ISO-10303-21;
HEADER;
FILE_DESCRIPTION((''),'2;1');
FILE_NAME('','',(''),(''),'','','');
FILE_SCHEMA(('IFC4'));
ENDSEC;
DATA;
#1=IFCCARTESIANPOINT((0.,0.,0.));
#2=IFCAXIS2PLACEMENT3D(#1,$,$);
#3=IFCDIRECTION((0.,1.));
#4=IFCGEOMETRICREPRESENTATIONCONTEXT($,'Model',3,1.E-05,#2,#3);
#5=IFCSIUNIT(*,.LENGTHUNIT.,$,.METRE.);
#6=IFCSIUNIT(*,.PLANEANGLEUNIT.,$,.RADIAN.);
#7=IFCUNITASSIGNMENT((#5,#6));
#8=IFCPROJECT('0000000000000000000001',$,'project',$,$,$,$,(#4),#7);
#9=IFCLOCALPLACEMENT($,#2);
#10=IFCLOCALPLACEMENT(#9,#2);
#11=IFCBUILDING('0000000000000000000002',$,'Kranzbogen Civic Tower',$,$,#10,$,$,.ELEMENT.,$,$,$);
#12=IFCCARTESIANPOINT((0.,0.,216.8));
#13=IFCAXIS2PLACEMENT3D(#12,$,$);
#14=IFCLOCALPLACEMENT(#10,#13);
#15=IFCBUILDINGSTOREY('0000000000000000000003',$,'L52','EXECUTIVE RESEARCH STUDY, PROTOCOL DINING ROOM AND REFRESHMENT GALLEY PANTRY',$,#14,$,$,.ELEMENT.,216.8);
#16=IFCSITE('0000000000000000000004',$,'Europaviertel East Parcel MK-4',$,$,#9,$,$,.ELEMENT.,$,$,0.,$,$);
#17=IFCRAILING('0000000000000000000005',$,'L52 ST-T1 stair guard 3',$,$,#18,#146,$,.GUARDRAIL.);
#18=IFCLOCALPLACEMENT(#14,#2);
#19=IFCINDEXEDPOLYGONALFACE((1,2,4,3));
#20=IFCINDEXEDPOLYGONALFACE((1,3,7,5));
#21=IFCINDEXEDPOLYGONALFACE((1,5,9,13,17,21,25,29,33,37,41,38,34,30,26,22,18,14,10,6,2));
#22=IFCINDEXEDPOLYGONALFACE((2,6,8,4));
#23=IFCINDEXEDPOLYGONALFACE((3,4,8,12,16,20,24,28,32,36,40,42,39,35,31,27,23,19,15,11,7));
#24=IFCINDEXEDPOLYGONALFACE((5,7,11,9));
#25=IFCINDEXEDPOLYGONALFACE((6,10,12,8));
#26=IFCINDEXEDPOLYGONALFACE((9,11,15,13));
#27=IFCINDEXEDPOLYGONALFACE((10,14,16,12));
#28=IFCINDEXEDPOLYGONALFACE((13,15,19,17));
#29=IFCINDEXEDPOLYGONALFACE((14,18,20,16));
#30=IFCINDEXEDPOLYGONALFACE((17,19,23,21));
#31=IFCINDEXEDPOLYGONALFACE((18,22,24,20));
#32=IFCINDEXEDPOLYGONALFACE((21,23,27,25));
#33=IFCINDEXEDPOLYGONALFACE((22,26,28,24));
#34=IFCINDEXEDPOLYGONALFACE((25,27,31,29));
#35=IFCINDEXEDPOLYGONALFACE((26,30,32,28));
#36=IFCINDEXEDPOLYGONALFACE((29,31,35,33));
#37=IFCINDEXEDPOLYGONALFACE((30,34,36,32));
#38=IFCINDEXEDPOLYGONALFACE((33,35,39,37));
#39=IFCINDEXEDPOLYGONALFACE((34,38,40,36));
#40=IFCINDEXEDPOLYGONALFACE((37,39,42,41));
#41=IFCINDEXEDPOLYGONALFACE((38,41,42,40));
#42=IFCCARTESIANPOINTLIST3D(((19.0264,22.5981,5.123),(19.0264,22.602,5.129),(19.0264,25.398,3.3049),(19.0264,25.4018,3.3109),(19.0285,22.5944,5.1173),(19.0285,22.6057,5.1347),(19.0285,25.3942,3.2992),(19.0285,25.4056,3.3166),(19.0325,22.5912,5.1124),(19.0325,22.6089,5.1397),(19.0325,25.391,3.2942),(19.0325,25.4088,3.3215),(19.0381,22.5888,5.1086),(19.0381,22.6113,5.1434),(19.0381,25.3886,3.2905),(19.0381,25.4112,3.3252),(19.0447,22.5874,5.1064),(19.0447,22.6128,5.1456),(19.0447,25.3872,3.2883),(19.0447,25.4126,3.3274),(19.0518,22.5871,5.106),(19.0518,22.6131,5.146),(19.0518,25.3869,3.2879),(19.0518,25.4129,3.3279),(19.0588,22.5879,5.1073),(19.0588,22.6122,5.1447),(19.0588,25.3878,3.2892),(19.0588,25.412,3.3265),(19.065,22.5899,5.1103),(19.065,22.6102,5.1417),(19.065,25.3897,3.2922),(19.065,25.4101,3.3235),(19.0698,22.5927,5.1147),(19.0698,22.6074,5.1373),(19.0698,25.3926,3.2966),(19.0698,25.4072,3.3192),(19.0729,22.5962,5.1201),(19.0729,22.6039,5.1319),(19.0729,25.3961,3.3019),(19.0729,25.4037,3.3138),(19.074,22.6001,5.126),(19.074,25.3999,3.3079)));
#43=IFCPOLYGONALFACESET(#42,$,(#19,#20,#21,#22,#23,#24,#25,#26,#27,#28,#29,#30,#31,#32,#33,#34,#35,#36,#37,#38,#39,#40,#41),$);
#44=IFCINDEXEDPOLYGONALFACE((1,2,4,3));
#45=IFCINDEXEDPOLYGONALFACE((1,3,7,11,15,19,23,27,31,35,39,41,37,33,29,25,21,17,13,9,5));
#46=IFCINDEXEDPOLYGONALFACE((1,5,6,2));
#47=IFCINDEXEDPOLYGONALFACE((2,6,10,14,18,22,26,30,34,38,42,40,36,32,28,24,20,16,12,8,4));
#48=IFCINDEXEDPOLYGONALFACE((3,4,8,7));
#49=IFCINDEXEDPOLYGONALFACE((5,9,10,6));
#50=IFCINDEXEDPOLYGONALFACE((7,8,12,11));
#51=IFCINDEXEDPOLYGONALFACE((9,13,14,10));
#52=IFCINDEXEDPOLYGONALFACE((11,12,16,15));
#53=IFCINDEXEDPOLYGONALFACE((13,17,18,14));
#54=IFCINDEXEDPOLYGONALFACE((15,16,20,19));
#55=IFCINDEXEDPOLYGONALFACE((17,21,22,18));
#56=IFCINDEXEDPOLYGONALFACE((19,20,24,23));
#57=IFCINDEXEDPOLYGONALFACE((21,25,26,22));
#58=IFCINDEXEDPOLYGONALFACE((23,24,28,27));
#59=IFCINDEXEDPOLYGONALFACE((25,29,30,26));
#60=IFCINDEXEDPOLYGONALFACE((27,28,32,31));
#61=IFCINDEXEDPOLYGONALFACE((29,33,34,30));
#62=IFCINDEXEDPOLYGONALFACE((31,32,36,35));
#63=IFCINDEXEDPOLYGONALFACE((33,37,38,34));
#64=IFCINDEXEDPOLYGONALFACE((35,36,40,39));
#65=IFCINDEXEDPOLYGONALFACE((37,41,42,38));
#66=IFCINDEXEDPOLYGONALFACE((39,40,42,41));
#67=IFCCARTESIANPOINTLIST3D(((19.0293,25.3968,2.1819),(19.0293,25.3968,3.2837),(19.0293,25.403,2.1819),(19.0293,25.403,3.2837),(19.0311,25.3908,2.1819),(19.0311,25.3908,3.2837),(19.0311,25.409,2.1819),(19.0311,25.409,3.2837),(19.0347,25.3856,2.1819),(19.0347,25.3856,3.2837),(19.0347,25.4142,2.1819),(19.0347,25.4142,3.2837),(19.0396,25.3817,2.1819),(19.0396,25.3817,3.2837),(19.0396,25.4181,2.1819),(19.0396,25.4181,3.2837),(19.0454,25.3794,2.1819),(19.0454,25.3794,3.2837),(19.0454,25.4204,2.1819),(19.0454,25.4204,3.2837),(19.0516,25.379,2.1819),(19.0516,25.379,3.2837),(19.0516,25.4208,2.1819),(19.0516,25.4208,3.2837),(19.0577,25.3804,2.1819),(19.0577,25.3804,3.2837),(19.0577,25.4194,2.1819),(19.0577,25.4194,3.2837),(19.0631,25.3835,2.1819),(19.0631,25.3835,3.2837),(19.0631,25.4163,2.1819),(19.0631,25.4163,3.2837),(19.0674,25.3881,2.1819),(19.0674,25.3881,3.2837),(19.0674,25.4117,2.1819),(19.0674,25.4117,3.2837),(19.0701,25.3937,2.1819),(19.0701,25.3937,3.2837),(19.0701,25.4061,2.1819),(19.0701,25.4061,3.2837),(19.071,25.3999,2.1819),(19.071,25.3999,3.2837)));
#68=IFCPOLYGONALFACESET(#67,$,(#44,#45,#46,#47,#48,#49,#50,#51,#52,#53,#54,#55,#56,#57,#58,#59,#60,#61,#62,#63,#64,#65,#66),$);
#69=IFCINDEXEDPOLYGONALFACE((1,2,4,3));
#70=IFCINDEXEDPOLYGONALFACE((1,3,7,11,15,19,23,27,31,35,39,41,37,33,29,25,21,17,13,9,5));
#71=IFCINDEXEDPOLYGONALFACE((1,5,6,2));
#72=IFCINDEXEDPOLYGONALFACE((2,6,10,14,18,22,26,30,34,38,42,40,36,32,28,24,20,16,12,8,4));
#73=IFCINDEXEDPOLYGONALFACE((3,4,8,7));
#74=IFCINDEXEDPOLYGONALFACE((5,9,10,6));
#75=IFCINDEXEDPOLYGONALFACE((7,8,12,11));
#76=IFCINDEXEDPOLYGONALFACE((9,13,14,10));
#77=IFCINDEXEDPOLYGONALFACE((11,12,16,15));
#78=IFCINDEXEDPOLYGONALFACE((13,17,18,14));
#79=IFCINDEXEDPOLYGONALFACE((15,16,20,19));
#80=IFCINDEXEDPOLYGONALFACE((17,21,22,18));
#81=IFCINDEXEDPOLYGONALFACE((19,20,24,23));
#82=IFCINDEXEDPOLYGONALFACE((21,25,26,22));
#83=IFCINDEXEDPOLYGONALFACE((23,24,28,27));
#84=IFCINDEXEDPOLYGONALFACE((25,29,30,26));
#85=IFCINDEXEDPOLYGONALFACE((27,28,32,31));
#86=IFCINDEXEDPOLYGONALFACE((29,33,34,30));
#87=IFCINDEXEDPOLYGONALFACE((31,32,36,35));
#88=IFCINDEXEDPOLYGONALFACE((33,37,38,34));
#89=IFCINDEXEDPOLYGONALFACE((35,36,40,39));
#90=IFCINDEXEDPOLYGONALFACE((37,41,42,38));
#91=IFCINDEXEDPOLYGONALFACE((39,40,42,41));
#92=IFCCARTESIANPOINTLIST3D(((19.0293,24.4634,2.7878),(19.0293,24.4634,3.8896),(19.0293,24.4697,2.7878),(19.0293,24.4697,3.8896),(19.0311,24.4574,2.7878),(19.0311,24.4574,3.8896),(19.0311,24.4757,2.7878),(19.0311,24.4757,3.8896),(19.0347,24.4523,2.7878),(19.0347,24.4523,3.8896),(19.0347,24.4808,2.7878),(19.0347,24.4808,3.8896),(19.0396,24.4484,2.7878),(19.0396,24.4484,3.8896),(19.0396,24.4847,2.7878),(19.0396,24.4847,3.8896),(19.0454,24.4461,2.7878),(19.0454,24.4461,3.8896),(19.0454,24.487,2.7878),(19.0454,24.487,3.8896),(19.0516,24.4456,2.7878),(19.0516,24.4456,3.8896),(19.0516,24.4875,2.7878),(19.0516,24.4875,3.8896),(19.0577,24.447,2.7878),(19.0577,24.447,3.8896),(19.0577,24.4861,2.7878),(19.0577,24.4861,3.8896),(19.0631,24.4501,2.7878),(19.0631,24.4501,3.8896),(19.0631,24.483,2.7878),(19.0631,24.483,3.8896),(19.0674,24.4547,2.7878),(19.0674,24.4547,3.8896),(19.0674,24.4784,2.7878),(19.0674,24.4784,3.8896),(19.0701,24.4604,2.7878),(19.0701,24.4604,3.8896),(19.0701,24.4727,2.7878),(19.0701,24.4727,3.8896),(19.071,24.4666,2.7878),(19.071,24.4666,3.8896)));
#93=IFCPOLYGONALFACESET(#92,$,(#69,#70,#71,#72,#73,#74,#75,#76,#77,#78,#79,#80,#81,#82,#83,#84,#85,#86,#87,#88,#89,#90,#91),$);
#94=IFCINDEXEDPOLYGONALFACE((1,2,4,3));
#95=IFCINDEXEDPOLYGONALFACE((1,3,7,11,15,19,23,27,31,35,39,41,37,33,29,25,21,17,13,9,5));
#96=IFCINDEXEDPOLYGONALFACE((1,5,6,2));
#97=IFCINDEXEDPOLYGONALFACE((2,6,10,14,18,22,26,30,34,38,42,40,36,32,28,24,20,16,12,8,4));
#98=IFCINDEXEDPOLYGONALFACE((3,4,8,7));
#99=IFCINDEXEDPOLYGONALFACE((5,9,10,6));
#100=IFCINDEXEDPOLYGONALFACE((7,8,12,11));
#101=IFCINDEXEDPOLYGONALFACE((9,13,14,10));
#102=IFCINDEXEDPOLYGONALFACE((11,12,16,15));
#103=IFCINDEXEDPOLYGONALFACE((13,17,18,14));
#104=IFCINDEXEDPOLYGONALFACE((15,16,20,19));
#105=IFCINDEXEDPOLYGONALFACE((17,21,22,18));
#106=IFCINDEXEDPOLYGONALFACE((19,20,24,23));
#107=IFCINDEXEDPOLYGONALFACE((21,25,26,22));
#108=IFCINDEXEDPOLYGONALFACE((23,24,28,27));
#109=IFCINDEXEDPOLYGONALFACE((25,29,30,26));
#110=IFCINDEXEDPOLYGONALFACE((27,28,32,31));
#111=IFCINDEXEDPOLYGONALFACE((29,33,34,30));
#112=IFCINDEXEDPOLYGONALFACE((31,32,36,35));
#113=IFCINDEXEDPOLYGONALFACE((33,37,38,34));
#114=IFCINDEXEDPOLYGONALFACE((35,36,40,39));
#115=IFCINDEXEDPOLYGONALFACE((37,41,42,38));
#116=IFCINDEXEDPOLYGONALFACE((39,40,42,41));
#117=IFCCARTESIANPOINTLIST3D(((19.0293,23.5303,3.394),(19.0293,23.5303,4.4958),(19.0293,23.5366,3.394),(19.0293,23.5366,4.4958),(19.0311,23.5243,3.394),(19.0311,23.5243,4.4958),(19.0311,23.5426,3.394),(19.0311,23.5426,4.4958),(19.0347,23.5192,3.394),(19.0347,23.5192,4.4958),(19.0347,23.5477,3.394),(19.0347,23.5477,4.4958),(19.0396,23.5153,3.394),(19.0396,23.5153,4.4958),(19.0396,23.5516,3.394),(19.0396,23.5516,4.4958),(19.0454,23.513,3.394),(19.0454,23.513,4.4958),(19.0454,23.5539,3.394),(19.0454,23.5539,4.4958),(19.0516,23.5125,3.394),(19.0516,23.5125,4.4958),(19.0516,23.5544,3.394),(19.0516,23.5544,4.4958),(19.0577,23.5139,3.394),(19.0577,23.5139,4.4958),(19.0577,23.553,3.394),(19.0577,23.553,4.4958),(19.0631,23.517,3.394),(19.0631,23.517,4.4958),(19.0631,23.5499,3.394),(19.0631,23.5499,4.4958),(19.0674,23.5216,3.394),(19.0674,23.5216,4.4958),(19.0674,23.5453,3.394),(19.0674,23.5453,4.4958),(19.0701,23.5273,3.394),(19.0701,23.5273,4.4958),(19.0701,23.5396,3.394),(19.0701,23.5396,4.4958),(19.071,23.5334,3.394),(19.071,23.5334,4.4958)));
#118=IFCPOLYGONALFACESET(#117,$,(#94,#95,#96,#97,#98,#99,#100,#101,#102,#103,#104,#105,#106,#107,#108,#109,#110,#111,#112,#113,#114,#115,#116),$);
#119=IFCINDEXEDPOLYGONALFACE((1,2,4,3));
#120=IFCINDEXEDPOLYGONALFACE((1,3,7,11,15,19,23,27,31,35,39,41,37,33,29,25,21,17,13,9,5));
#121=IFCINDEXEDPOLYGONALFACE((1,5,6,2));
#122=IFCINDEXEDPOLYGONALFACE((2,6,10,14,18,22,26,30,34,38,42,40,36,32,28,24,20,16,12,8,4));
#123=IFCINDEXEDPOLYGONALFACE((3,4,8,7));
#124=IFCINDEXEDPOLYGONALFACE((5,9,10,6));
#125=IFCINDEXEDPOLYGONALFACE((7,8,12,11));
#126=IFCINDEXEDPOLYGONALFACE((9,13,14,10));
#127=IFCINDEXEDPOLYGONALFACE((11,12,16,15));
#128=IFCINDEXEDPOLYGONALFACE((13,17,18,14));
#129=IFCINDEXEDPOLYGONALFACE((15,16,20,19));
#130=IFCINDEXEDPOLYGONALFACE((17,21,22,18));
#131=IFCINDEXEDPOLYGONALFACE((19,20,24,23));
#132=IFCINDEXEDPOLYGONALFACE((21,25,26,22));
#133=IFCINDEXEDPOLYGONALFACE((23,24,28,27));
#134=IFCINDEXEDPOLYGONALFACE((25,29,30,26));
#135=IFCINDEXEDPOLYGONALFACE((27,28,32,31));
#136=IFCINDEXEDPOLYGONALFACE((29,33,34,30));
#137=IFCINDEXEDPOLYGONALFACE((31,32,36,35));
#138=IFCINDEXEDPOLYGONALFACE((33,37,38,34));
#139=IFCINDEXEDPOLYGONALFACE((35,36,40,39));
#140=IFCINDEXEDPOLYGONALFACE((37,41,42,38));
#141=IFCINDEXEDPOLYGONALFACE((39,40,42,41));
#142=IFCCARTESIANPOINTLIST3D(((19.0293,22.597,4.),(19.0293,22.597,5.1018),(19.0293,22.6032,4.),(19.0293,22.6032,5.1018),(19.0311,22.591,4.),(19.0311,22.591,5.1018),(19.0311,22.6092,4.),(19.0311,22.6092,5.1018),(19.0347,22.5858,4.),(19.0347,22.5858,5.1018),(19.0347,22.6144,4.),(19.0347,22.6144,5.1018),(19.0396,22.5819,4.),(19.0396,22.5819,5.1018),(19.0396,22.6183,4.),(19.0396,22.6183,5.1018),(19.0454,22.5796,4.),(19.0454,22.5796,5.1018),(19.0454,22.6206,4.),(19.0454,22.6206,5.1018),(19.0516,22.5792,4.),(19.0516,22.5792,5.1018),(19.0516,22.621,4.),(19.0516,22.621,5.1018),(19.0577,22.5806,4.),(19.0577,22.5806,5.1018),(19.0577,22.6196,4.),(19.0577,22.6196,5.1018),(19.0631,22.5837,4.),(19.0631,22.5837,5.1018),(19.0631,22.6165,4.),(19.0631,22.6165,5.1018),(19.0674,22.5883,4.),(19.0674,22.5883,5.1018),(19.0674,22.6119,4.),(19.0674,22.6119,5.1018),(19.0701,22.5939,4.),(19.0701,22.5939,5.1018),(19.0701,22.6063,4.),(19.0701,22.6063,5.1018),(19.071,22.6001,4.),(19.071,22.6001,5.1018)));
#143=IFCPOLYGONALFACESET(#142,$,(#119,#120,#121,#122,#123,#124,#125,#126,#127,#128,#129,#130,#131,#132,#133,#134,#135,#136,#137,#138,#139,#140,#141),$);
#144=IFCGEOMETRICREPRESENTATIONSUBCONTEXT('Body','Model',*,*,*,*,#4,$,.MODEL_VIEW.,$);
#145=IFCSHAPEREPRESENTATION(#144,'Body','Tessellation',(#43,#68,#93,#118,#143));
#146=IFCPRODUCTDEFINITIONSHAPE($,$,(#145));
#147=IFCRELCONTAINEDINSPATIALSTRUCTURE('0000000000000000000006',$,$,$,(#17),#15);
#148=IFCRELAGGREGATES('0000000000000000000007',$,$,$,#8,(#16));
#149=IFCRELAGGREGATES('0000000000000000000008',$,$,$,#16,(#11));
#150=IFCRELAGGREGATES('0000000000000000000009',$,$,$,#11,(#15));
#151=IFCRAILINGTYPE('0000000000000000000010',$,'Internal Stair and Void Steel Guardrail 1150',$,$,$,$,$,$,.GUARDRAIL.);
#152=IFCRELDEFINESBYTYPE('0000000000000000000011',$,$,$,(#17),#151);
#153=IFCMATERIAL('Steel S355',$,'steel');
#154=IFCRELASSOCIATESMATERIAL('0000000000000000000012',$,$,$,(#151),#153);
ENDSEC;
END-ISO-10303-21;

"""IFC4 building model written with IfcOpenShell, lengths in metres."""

from ifc_helpers import new_model, si_unit, direction, frame, origin, origin_2d, place, context, subcontext, project, spatial, circle, extrude, material, type_object, element, save


model = new_model("IFC4")

# Units and contexts
model_context = context("Model", 3, precision=1e-05, world=origin(), true_north=direction((0.0, 1.0)))
body_context = subcontext(model_context, "Body", "Model", "MODEL_VIEW")
ifc_project = project(units=[si_unit("LENGTHUNIT", "METRE"), si_unit("PLANEANGLEUNIT", "RADIAN")], contexts=[model_context])

# Site, building, storey
site_placement = place(None, origin())
site = spatial("IfcSite", under=ifc_project, at=site_placement, Name="Europaviertel East Parcel MK-4", CompositionType="ELEMENT", RefElevation=0.0)
building_placement = place(site_placement, origin())
building = spatial("IfcBuilding", under=site, at=building_placement, Name="Kranzbogen Civic Tower", CompositionType="ELEMENT")
storey_placement = place(building_placement, frame((0.0, 0.0, 216.8)))
storey = spatial("IfcBuildingStorey", under=building, at=storey_placement, Name="L52", Description="EXECUTIVE RESEARCH STUDY, PROTOCOL DINING ROOM AND REFRESHMENT GALLEY PANTRY", CompositionType="ELEMENT", Elevation=216.8)

# Shared definitions
ifc_material_1 = material(Name="Steel S355", Category="steel")

# Railing
railing_type_1 = type_object("IfcRailingType", Name="Internal Stair and Void Steel Guardrail 1150", PredefinedType="GUARDRAIL", material=ifc_material_1)
railing_1_placement = place(storey_placement, frame((19.05, 25.3999, 2.1819)))
element("IfcRailing", 1, at=railing_1_placement, inside=storey, type_object=railing_type_1, Name="L52 ST-T1 stair guard 3", PredefinedType="GUARDRAIL", context=body_context, shape_type="SweptSolid", body=[
    extrude(circle(Radius=0.0239, at=origin_2d()), frame((0.0, 0.0, 1.126), z_axis=(0.0, -0.838684, 0.544618), x_axis=(1.0, 0.0, 0.0)), (0.0, 0.0, 1.0), 3.3384),
    extrude(circle(Radius=0.021, at=origin_2d()), origin(), (0.0, 0.0, 1.0), 1.1018),
    extrude(circle(Radius=0.021, at=origin_2d()), frame((0.0, -0.9333, 0.606)), (0.0, 0.0, 1.0), 1.1018),
    extrude(circle(Radius=0.021, at=origin_2d()), frame((0.0, -1.8665, 1.2122)), (0.0, 0.0, 1.0), 1.1018),
    extrude(circle(Radius=0.021, at=origin_2d()), frame((0.0, -2.7998, 1.8181)), (0.0, 0.0, 1.0), 1.1018),
])

save(model, "model.ifc")
